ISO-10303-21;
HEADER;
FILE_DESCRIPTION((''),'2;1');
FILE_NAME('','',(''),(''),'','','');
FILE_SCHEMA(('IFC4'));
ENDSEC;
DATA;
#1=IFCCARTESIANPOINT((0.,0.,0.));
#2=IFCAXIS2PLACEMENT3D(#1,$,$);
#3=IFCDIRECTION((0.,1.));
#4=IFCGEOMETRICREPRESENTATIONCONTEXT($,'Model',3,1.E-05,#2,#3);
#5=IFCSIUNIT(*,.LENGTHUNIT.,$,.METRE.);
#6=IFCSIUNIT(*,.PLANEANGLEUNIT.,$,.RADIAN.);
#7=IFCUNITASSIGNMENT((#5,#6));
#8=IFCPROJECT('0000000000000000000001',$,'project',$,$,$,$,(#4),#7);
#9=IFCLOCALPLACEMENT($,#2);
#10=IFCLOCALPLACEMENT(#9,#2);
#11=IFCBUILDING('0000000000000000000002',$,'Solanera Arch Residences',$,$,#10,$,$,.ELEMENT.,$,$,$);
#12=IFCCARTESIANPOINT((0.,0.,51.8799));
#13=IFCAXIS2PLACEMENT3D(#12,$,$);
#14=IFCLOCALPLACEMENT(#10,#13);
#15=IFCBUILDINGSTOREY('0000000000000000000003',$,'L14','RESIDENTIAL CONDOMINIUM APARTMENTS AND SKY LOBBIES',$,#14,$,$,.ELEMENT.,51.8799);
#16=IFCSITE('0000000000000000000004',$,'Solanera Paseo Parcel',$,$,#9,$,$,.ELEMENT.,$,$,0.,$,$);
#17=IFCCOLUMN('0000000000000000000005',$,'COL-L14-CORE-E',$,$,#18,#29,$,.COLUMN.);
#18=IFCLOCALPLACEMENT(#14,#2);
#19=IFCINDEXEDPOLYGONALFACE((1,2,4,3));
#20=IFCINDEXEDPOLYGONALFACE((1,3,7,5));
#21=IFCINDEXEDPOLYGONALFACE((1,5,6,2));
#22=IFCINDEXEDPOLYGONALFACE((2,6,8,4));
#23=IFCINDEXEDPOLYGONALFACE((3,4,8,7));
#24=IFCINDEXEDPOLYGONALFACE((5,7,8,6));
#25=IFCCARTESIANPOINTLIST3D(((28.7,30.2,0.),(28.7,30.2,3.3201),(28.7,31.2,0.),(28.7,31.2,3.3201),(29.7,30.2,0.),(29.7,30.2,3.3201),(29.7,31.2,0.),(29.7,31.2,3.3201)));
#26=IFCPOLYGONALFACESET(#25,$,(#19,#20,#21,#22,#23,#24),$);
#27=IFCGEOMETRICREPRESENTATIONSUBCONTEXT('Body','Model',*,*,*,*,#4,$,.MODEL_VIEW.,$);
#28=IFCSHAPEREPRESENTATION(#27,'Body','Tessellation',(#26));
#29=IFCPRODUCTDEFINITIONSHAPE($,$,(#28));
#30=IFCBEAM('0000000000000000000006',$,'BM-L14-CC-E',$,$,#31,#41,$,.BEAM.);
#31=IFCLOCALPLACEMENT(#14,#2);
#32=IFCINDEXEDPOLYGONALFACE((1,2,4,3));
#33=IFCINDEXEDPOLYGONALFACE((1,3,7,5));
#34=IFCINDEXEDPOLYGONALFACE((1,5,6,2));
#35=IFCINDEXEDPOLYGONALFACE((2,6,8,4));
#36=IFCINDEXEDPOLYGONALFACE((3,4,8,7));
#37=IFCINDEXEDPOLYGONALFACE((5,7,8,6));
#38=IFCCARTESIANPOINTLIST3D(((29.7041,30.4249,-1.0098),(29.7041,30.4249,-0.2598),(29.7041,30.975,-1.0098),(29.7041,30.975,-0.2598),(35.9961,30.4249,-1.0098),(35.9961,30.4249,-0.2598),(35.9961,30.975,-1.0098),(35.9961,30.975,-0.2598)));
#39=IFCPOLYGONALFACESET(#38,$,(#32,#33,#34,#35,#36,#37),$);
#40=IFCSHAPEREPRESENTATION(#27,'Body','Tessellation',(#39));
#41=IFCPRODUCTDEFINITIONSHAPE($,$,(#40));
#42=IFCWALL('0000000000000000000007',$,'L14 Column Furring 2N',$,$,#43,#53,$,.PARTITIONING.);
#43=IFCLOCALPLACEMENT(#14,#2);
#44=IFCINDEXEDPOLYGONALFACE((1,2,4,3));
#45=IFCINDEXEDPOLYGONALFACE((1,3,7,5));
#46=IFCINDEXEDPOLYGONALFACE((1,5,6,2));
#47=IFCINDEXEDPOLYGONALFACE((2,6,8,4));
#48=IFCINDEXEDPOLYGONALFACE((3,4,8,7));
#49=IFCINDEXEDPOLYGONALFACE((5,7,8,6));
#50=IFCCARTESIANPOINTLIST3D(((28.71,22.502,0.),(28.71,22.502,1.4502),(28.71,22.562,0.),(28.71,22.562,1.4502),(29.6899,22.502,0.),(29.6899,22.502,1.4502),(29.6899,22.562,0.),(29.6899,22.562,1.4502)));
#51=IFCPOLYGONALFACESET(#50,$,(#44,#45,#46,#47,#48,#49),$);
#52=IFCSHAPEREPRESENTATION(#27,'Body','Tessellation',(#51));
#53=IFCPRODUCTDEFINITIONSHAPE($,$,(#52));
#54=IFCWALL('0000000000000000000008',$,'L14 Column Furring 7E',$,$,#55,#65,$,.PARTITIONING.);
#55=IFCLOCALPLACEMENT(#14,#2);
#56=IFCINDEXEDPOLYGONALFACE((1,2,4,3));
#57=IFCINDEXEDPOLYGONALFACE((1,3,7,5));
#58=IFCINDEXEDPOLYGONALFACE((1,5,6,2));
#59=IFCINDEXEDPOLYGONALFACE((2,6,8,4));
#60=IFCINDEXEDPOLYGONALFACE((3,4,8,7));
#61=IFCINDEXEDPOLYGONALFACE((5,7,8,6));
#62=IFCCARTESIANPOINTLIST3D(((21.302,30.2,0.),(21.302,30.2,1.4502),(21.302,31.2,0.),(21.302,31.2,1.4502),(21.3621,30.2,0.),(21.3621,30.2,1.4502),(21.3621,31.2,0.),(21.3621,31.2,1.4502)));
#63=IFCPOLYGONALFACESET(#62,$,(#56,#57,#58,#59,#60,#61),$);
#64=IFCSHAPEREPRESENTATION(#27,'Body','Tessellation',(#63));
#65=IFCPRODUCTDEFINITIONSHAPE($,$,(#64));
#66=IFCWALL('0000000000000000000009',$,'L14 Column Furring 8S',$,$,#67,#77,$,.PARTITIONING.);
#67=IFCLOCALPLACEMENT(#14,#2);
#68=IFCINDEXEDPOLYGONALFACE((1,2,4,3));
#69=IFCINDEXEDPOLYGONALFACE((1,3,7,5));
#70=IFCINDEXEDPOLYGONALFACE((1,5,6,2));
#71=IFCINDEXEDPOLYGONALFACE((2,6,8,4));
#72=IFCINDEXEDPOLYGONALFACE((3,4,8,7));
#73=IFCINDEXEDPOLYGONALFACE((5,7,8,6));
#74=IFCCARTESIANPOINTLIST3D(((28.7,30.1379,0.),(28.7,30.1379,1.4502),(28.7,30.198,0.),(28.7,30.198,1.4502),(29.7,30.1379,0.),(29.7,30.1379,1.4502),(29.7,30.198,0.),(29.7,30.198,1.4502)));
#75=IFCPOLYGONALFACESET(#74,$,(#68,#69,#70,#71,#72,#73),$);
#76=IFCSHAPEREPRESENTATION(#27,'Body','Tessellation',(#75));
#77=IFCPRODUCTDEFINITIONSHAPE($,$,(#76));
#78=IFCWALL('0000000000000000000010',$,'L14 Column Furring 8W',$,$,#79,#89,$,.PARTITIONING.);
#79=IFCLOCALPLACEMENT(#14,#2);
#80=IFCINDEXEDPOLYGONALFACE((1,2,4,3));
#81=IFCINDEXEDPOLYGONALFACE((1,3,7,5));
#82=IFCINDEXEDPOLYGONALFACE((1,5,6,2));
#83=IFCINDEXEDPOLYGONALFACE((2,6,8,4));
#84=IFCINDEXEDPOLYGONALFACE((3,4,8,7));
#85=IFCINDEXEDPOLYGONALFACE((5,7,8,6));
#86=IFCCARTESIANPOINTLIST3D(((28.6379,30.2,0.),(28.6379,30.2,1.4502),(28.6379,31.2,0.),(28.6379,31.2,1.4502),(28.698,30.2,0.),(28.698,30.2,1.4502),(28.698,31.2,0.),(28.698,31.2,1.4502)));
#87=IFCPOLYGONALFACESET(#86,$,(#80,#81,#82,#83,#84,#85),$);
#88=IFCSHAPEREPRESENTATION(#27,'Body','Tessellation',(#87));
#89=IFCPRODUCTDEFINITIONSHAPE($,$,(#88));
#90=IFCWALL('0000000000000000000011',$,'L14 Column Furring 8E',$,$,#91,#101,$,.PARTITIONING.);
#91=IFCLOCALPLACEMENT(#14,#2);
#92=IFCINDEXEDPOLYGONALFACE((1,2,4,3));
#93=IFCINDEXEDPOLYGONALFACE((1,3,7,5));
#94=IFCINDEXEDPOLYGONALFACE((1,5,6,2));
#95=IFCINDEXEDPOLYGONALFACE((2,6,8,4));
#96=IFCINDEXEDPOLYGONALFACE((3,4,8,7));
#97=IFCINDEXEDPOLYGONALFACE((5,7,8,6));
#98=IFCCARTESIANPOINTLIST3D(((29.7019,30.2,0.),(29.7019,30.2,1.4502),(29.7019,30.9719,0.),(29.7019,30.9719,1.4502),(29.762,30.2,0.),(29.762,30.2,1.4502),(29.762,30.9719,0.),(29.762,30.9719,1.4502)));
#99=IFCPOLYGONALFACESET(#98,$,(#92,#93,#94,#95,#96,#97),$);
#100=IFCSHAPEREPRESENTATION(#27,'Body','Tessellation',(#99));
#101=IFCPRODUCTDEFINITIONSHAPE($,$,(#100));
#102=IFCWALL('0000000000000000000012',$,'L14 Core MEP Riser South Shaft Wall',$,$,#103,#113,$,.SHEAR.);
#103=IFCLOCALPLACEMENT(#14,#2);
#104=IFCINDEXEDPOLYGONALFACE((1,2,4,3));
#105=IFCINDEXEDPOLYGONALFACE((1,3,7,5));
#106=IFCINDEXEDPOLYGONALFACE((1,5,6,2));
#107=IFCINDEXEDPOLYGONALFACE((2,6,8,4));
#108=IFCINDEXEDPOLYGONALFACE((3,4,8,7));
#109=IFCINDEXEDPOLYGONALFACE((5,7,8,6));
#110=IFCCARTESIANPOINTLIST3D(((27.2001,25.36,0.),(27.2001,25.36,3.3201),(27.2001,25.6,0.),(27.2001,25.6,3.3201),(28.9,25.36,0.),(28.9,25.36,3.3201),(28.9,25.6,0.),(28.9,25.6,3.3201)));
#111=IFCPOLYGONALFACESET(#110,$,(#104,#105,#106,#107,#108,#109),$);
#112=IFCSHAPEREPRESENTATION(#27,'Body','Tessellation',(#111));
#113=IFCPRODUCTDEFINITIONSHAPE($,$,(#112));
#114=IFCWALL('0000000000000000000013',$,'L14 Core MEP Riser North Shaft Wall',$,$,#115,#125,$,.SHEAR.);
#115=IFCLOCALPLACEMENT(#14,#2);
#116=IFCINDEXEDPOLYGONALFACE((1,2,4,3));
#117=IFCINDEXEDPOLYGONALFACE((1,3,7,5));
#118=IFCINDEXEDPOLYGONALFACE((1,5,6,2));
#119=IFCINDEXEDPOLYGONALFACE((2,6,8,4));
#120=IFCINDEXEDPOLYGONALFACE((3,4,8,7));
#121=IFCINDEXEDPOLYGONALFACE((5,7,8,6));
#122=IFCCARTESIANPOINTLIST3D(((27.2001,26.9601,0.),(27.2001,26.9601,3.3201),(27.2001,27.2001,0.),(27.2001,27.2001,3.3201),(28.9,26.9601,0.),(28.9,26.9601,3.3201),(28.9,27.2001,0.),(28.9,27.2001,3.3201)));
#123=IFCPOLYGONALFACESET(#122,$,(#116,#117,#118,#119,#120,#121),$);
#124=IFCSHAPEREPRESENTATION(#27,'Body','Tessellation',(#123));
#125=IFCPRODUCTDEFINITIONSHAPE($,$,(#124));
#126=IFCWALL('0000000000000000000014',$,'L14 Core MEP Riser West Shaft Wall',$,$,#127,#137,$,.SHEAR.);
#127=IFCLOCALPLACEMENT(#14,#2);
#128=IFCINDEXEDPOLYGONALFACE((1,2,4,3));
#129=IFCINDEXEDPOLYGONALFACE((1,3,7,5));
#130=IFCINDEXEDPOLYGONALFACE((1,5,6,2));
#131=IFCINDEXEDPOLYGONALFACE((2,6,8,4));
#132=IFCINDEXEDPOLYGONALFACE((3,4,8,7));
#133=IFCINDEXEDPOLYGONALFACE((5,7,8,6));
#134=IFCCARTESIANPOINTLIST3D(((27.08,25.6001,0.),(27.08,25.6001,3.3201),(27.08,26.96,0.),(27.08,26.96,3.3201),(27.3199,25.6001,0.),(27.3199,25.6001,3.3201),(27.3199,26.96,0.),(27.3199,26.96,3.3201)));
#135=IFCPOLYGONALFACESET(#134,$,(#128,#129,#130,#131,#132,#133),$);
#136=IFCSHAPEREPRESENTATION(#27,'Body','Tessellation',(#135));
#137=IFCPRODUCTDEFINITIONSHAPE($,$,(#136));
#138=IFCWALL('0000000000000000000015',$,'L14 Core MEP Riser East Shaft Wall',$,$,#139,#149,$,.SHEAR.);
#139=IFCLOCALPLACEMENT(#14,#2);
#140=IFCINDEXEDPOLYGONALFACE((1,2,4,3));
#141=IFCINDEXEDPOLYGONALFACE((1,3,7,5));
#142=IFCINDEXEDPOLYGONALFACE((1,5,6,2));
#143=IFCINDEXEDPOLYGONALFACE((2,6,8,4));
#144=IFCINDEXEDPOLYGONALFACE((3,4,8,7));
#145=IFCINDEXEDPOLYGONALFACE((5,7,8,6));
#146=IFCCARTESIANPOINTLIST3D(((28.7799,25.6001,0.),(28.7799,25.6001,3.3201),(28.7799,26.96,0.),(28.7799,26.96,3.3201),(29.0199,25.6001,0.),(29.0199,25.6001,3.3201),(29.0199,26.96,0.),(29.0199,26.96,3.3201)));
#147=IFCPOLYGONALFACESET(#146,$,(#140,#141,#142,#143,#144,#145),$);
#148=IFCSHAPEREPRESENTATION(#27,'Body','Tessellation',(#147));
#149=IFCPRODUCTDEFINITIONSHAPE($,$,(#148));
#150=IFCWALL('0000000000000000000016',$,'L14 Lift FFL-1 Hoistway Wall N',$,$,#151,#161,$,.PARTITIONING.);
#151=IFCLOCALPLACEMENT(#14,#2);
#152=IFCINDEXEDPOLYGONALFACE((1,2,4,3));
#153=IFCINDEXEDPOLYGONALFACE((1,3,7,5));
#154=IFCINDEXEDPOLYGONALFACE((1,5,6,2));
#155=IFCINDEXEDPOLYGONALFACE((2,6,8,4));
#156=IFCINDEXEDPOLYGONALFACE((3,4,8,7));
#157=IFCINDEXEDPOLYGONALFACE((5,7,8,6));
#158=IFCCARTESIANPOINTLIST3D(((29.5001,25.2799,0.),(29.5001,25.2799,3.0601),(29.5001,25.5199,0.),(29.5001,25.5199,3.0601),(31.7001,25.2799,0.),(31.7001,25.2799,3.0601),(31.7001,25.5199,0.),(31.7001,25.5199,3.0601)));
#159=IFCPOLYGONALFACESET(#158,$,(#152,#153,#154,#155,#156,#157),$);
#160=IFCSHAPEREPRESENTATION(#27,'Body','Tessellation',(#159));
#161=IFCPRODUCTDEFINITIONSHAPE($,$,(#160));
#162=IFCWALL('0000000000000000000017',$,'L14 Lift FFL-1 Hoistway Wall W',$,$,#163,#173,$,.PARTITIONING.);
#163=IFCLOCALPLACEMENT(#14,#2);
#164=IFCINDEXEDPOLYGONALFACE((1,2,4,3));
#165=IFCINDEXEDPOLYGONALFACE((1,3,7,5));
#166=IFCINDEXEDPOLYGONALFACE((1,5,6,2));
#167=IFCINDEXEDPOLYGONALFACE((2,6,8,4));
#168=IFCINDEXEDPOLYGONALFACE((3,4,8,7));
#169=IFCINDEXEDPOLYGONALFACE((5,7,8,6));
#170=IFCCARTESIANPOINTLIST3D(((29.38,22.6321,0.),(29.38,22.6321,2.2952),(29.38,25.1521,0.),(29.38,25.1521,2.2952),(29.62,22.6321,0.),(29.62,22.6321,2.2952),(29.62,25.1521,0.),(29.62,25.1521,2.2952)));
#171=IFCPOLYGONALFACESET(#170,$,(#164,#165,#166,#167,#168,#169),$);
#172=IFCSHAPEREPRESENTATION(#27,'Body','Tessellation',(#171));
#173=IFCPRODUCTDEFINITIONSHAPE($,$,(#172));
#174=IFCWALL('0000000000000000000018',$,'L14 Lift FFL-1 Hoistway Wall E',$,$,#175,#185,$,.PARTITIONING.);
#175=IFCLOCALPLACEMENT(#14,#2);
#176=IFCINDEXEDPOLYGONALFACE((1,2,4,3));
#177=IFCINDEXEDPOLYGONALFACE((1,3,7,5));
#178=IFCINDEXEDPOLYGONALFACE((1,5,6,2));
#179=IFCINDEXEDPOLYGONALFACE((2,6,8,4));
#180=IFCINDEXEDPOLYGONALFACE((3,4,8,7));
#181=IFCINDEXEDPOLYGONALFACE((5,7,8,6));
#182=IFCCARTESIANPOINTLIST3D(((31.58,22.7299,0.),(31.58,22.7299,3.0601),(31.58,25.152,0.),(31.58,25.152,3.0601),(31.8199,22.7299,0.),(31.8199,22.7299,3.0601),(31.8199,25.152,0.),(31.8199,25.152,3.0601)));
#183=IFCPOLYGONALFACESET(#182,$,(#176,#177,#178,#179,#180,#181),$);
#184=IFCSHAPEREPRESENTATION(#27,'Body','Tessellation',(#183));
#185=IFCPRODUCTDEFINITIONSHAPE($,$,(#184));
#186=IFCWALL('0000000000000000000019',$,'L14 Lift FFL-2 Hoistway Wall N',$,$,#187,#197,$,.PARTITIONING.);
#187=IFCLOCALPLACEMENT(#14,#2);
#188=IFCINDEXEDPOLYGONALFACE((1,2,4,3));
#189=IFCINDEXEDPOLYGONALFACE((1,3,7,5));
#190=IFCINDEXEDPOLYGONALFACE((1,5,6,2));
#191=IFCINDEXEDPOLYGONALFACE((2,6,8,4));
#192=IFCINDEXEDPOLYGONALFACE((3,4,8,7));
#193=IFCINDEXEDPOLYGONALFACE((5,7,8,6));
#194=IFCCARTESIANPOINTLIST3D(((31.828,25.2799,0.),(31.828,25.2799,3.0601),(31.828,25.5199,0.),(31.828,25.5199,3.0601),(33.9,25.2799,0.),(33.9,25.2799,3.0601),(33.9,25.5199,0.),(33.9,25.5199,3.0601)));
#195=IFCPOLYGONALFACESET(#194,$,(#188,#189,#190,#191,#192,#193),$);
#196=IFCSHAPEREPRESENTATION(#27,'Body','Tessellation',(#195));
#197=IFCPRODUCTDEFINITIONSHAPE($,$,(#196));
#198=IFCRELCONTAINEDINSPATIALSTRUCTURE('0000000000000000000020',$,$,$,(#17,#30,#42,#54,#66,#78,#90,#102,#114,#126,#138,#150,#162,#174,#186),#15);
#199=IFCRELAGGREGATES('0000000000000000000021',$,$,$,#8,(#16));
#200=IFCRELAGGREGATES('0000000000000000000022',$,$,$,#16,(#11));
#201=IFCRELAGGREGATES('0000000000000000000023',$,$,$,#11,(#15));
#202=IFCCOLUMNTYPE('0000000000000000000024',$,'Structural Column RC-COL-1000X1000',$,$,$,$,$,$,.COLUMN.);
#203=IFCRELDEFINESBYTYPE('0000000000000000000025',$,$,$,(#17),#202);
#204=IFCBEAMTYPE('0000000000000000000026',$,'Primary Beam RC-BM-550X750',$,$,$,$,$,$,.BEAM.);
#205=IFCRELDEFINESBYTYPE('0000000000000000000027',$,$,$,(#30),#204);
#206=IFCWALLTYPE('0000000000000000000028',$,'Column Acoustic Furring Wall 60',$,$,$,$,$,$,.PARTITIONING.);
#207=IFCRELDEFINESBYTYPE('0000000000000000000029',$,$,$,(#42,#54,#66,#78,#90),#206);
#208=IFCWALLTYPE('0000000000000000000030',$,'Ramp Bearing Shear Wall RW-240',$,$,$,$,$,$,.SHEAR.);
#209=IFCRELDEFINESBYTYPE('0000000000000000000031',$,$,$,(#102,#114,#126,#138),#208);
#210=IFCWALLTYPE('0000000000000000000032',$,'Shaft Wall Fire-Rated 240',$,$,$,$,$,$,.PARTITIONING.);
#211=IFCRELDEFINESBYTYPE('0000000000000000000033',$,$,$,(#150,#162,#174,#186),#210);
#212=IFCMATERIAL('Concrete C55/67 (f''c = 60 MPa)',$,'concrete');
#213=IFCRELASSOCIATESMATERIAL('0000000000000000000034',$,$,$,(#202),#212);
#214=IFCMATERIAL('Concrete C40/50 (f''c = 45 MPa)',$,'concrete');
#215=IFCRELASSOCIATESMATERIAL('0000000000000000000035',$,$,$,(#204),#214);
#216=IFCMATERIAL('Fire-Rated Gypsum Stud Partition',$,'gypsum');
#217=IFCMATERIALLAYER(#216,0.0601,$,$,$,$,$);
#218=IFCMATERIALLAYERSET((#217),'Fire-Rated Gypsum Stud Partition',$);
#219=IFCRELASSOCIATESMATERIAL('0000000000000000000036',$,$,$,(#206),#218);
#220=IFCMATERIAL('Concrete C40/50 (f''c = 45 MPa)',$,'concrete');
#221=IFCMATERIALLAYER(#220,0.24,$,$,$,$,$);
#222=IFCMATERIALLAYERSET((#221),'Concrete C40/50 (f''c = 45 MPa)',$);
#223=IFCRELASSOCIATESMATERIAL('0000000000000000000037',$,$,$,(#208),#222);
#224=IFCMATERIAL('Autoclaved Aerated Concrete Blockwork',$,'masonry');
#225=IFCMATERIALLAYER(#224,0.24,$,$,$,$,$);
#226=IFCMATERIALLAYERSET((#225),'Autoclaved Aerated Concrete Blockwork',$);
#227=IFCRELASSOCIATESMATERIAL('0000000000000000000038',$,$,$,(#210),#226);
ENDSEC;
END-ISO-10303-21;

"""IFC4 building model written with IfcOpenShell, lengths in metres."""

from ifc_helpers import new_model, si_unit, direction, frame, frame_2d, origin, origin_2d, place, context, subcontext, project, spatial, rectangle, extrude, material, layer, layer_set, material_profile, profile_set, type_object, element, save


model = new_model("IFC4")

# Units and contexts
model_context = context("Model", 3, precision=1e-05, world=origin(), true_north=direction((0.0, 1.0)))
body_context = subcontext(model_context, "Body", "Model", "MODEL_VIEW")
ifc_project = project(units=[si_unit("LENGTHUNIT", "METRE"), si_unit("PLANEANGLEUNIT", "RADIAN")], contexts=[model_context])

# Site, building, storey
site_placement = place(None, origin())
site = spatial("IfcSite", under=ifc_project, at=site_placement, Name="Solanera Paseo Parcel", CompositionType="ELEMENT", RefElevation=0.0)
building_placement = place(site_placement, origin())
building = spatial("IfcBuilding", under=site, at=building_placement, Name="Solanera Arch Residences", CompositionType="ELEMENT")
storey_placement = place(building_placement, frame((0.0, 0.0, 51.8799)))
storey = spatial("IfcBuildingStorey", under=building, at=storey_placement, Name="L14", Description="RESIDENTIAL CONDOMINIUM APARTMENTS AND SKY LOBBIES", CompositionType="ELEMENT", Elevation=51.8799)

# Column
ifc_material_1 = material(Name="Concrete C55/67 (f'c = 60 MPa)", Category="concrete")
ifc_material_profile_1 = material_profile(ifc_material_1, rectangle(XDim=1.0, YDim=1.0, at=origin_2d()))
ifc_profile_set_1 = profile_set([ifc_material_profile_1], Name="Concrete C55/67 (f'c = 60 MPa)")
column_type = type_object("IfcColumnType", Name="Structural Column RC-COL-1000X1000", PredefinedType="COLUMN", material=ifc_profile_set_1)
column_placement = place(storey_placement, frame((29.2, 30.7, 0.0), z_axis=(0.0, 0.0, 1.0), x_axis=(1.0, 0.0, 0.0)))
element("IfcColumn", 1, at=column_placement, inside=storey, type_object=column_type, Name="COL-L14-CORE-E", PredefinedType="COLUMN", context=body_context, shape_type="SweptSolid", body=[
    extrude(rectangle(XDim=1.0, YDim=1.0, at=origin_2d()), origin(), (0.0, 0.0, 1.0), 3.3201),
])

# Beam
ifc_material_2 = material(Name="Concrete C40/50 (f'c = 45 MPa)", Category="concrete")
ifc_material_profile_2 = material_profile(ifc_material_2, rectangle(XDim=0.55, YDim=0.75, at=origin_2d()))
ifc_profile_set_2 = profile_set([ifc_material_profile_2], Name="Concrete C40/50 (f'c = 45 MPa)")
beam_type = type_object("IfcBeamType", Name="Primary Beam RC-BM-550X750", PredefinedType="BEAM", material=ifc_profile_set_2)
beam_placement = place(storey_placement, frame((29.7041, 30.7, -0.6348), z_axis=(1.0, 0.0, 0.0), x_axis=(0.0, 1.0, 0.0)))
element("IfcBeam", 2, at=beam_placement, inside=storey, type_object=beam_type, Name="BM-L14-CC-E", PredefinedType="BEAM", context=body_context, shape_type="SweptSolid", body=[
    extrude(rectangle(XDim=0.55, YDim=0.75, at=origin_2d()), origin(), (0.0, 0.0, 1.0), 6.292),
])

# Walls
ifc_material_3 = material(Name="Fire-Rated Gypsum Stud Partition", Category="gypsum")
ifc_layer_1 = layer(ifc_material_3, 0.0601)
ifc_layer_set_1 = layer_set([ifc_layer_1], Name="Fire-Rated Gypsum Stud Partition")
wall_type_1 = type_object("IfcWallType", Name="Column Acoustic Furring Wall 60", PredefinedType="PARTITIONING", material=ifc_layer_set_1)
wall_1_placement = place(storey_placement, frame((28.71, 22.532, 0.0), z_axis=(0.0, 0.0, 1.0), x_axis=(1.0, 0.0, 0.0)))
element("IfcWall", 3, at=wall_1_placement, inside=storey, type_object=wall_type_1, Name="L14 Column Furring 2N", PredefinedType="PARTITIONING", context=body_context, shape_type="SweptSolid", body=[
    extrude(rectangle(XDim=0.98, YDim=0.0601, at=frame_2d((0.49, 0.0))), origin(), (0.0, 0.0, 1.0), 1.4502),
])
for number, where, z_axis, x_axis, name in (
    (4, (21.332, 30.2, 0.0), (0.0, 0.0, 1.0), (0.0, 1.0, 0.0), "L14 Column Furring 7E"),
    (5, (28.7, 30.168, 0.0), (0.0, 0.0, 1.0), (1.0, 0.0, 0.0), "L14 Column Furring 8S"),
    (6, (28.668, 30.2, 0.0), (0.0, 0.0, 1.0), (0.0, 1.0, 0.0), "L14 Column Furring 8W"),
):
    element("IfcWall", number, at=place(storey_placement, frame(where, z_axis=z_axis, x_axis=x_axis)), inside=storey, type_object=wall_type_1, Name=name, PredefinedType="PARTITIONING", context=body_context, shape_type="SweptSolid", body=[
        extrude(rectangle(XDim=1.0, YDim=0.0601, at=frame_2d((0.5, 0.0))), origin(), (0.0, 0.0, 1.0), 1.4502),
    ])
wall_2_placement = place(storey_placement, frame((29.7319, 30.2, 0.0), z_axis=(0.0, 0.0, 1.0), x_axis=(0.0, 1.0, 0.0)))
element("IfcWall", 7, at=wall_2_placement, inside=storey, type_object=wall_type_1, Name="L14 Column Furring 8E", PredefinedType="PARTITIONING", context=body_context, shape_type="SweptSolid", body=[
    extrude(rectangle(XDim=0.772, YDim=0.0601, at=frame_2d((0.386, 0.0))), origin(), (0.0, 0.0, 1.0), 1.4502),
])
ifc_material_4 = material(Name="Concrete C40/50 (f'c = 45 MPa)", Category="concrete")
ifc_layer_2 = layer(ifc_material_4, 0.24)
ifc_layer_set_2 = layer_set([ifc_layer_2], Name="Concrete C40/50 (f'c = 45 MPa)")
wall_type_2 = type_object("IfcWallType", Name="Ramp Bearing Shear Wall RW-240", PredefinedType="SHEAR", material=ifc_layer_set_2)
for number, where, z_axis, x_axis, name in (
    (8, (27.2, 25.48, 0.0), (0.0, 0.0, 1.0), (1.0, 0.0, 0.0), "L14 Core MEP Riser South Shaft Wall"),
    (9, (27.2, 27.0801, 0.0), (0.0, 0.0, 1.0), (1.0, 0.0, 0.0), "L14 Core MEP Riser North Shaft Wall"),
):
    element("IfcWall", number, at=place(storey_placement, frame(where, z_axis=z_axis, x_axis=x_axis)), inside=storey, type_object=wall_type_2, Name=name, PredefinedType="SHEAR", context=body_context, shape_type="SweptSolid", body=[
        extrude(rectangle(XDim=1.7, YDim=0.24, at=frame_2d((0.8501, 0.0))), origin(), (0.0, 0.0, 1.0), 3.3201),
    ])
for number, where, z_axis, x_axis, name in (
    (10, (27.2, 25.6001, 0.0), (0.0, 0.0, 1.0), (0.0, 1.0, 0.0), "L14 Core MEP Riser West Shaft Wall"),
    (11, (28.8999, 25.6001, 0.0), (0.0, 0.0, 1.0), (0.0, 1.0, 0.0), "L14 Core MEP Riser East Shaft Wall"),
):
    element("IfcWall", number, at=place(storey_placement, frame(where, z_axis=z_axis, x_axis=x_axis)), inside=storey, type_object=wall_type_2, Name=name, PredefinedType="SHEAR", context=body_context, shape_type="SweptSolid", body=[
        extrude(rectangle(XDim=1.3599, YDim=0.24, at=frame_2d((0.6799, 0.0))), origin(), (0.0, 0.0, 1.0), 3.3201),
    ])
ifc_material_5 = material(Name="Autoclaved Aerated Concrete Blockwork", Category="masonry")
ifc_layer_3 = layer(ifc_material_5, 0.24)
ifc_layer_set_3 = layer_set([ifc_layer_3], Name="Autoclaved Aerated Concrete Blockwork")
wall_type_3 = type_object("IfcWallType", Name="Shaft Wall Fire-Rated 240", PredefinedType="PARTITIONING", material=ifc_layer_set_3)
wall_3_placement = place(storey_placement, frame((29.5, 25.3999, 0.0), z_axis=(0.0, 0.0, 1.0), x_axis=(1.0, 0.0, 0.0)))
element("IfcWall", 12, at=wall_3_placement, inside=storey, type_object=wall_type_3, Name="L14 Lift FFL-1 Hoistway Wall N", PredefinedType="PARTITIONING", context=body_context, shape_type="SweptSolid", body=[
    extrude(rectangle(XDim=2.2, YDim=0.24, at=frame_2d((1.1001, 0.0))), origin(), (0.0, 0.0, 1.0), 3.0601),
])
wall_4_placement = place(storey_placement, frame((29.5, 22.6321, 0.0), z_axis=(0.0, 0.0, 1.0), x_axis=(0.0, 1.0, 0.0)))
element("IfcWall", 13, at=wall_4_placement, inside=storey, type_object=wall_type_3, Name="L14 Lift FFL-1 Hoistway Wall W", PredefinedType="PARTITIONING", context=body_context, shape_type="SweptSolid", body=[
    extrude(rectangle(XDim=2.52, YDim=0.24, at=frame_2d((1.26, 0.0))), origin(), (0.0, 0.0, 1.0), 2.2952),
])
wall_5_placement = place(storey_placement, frame((31.7, 22.73, 0.0), z_axis=(0.0, 0.0, 1.0), x_axis=(0.0, 1.0, 0.0)))
element("IfcWall", 14, at=wall_5_placement, inside=storey, type_object=wall_type_3, Name="L14 Lift FFL-1 Hoistway Wall E", PredefinedType="PARTITIONING", context=body_context, shape_type="SweptSolid", body=[
    extrude(rectangle(XDim=2.4221, YDim=0.24, at=frame_2d((1.2109, 0.0))), origin(), (0.0, 0.0, 1.0), 3.0601),
])
wall_6_placement = place(storey_placement, frame((31.8279, 25.3999, 0.0), z_axis=(0.0, 0.0, 1.0), x_axis=(1.0, 0.0, 0.0)))
element("IfcWall", 15, at=wall_6_placement, inside=storey, type_object=wall_type_3, Name="L14 Lift FFL-2 Hoistway Wall N", PredefinedType="PARTITIONING", context=body_context, shape_type="SweptSolid", body=[
    extrude(rectangle(XDim=2.072, YDim=0.24, at=frame_2d((1.0361, 0.0))), origin(), (0.0, 0.0, 1.0), 3.0601),
])

save(model, "model.ifc")
